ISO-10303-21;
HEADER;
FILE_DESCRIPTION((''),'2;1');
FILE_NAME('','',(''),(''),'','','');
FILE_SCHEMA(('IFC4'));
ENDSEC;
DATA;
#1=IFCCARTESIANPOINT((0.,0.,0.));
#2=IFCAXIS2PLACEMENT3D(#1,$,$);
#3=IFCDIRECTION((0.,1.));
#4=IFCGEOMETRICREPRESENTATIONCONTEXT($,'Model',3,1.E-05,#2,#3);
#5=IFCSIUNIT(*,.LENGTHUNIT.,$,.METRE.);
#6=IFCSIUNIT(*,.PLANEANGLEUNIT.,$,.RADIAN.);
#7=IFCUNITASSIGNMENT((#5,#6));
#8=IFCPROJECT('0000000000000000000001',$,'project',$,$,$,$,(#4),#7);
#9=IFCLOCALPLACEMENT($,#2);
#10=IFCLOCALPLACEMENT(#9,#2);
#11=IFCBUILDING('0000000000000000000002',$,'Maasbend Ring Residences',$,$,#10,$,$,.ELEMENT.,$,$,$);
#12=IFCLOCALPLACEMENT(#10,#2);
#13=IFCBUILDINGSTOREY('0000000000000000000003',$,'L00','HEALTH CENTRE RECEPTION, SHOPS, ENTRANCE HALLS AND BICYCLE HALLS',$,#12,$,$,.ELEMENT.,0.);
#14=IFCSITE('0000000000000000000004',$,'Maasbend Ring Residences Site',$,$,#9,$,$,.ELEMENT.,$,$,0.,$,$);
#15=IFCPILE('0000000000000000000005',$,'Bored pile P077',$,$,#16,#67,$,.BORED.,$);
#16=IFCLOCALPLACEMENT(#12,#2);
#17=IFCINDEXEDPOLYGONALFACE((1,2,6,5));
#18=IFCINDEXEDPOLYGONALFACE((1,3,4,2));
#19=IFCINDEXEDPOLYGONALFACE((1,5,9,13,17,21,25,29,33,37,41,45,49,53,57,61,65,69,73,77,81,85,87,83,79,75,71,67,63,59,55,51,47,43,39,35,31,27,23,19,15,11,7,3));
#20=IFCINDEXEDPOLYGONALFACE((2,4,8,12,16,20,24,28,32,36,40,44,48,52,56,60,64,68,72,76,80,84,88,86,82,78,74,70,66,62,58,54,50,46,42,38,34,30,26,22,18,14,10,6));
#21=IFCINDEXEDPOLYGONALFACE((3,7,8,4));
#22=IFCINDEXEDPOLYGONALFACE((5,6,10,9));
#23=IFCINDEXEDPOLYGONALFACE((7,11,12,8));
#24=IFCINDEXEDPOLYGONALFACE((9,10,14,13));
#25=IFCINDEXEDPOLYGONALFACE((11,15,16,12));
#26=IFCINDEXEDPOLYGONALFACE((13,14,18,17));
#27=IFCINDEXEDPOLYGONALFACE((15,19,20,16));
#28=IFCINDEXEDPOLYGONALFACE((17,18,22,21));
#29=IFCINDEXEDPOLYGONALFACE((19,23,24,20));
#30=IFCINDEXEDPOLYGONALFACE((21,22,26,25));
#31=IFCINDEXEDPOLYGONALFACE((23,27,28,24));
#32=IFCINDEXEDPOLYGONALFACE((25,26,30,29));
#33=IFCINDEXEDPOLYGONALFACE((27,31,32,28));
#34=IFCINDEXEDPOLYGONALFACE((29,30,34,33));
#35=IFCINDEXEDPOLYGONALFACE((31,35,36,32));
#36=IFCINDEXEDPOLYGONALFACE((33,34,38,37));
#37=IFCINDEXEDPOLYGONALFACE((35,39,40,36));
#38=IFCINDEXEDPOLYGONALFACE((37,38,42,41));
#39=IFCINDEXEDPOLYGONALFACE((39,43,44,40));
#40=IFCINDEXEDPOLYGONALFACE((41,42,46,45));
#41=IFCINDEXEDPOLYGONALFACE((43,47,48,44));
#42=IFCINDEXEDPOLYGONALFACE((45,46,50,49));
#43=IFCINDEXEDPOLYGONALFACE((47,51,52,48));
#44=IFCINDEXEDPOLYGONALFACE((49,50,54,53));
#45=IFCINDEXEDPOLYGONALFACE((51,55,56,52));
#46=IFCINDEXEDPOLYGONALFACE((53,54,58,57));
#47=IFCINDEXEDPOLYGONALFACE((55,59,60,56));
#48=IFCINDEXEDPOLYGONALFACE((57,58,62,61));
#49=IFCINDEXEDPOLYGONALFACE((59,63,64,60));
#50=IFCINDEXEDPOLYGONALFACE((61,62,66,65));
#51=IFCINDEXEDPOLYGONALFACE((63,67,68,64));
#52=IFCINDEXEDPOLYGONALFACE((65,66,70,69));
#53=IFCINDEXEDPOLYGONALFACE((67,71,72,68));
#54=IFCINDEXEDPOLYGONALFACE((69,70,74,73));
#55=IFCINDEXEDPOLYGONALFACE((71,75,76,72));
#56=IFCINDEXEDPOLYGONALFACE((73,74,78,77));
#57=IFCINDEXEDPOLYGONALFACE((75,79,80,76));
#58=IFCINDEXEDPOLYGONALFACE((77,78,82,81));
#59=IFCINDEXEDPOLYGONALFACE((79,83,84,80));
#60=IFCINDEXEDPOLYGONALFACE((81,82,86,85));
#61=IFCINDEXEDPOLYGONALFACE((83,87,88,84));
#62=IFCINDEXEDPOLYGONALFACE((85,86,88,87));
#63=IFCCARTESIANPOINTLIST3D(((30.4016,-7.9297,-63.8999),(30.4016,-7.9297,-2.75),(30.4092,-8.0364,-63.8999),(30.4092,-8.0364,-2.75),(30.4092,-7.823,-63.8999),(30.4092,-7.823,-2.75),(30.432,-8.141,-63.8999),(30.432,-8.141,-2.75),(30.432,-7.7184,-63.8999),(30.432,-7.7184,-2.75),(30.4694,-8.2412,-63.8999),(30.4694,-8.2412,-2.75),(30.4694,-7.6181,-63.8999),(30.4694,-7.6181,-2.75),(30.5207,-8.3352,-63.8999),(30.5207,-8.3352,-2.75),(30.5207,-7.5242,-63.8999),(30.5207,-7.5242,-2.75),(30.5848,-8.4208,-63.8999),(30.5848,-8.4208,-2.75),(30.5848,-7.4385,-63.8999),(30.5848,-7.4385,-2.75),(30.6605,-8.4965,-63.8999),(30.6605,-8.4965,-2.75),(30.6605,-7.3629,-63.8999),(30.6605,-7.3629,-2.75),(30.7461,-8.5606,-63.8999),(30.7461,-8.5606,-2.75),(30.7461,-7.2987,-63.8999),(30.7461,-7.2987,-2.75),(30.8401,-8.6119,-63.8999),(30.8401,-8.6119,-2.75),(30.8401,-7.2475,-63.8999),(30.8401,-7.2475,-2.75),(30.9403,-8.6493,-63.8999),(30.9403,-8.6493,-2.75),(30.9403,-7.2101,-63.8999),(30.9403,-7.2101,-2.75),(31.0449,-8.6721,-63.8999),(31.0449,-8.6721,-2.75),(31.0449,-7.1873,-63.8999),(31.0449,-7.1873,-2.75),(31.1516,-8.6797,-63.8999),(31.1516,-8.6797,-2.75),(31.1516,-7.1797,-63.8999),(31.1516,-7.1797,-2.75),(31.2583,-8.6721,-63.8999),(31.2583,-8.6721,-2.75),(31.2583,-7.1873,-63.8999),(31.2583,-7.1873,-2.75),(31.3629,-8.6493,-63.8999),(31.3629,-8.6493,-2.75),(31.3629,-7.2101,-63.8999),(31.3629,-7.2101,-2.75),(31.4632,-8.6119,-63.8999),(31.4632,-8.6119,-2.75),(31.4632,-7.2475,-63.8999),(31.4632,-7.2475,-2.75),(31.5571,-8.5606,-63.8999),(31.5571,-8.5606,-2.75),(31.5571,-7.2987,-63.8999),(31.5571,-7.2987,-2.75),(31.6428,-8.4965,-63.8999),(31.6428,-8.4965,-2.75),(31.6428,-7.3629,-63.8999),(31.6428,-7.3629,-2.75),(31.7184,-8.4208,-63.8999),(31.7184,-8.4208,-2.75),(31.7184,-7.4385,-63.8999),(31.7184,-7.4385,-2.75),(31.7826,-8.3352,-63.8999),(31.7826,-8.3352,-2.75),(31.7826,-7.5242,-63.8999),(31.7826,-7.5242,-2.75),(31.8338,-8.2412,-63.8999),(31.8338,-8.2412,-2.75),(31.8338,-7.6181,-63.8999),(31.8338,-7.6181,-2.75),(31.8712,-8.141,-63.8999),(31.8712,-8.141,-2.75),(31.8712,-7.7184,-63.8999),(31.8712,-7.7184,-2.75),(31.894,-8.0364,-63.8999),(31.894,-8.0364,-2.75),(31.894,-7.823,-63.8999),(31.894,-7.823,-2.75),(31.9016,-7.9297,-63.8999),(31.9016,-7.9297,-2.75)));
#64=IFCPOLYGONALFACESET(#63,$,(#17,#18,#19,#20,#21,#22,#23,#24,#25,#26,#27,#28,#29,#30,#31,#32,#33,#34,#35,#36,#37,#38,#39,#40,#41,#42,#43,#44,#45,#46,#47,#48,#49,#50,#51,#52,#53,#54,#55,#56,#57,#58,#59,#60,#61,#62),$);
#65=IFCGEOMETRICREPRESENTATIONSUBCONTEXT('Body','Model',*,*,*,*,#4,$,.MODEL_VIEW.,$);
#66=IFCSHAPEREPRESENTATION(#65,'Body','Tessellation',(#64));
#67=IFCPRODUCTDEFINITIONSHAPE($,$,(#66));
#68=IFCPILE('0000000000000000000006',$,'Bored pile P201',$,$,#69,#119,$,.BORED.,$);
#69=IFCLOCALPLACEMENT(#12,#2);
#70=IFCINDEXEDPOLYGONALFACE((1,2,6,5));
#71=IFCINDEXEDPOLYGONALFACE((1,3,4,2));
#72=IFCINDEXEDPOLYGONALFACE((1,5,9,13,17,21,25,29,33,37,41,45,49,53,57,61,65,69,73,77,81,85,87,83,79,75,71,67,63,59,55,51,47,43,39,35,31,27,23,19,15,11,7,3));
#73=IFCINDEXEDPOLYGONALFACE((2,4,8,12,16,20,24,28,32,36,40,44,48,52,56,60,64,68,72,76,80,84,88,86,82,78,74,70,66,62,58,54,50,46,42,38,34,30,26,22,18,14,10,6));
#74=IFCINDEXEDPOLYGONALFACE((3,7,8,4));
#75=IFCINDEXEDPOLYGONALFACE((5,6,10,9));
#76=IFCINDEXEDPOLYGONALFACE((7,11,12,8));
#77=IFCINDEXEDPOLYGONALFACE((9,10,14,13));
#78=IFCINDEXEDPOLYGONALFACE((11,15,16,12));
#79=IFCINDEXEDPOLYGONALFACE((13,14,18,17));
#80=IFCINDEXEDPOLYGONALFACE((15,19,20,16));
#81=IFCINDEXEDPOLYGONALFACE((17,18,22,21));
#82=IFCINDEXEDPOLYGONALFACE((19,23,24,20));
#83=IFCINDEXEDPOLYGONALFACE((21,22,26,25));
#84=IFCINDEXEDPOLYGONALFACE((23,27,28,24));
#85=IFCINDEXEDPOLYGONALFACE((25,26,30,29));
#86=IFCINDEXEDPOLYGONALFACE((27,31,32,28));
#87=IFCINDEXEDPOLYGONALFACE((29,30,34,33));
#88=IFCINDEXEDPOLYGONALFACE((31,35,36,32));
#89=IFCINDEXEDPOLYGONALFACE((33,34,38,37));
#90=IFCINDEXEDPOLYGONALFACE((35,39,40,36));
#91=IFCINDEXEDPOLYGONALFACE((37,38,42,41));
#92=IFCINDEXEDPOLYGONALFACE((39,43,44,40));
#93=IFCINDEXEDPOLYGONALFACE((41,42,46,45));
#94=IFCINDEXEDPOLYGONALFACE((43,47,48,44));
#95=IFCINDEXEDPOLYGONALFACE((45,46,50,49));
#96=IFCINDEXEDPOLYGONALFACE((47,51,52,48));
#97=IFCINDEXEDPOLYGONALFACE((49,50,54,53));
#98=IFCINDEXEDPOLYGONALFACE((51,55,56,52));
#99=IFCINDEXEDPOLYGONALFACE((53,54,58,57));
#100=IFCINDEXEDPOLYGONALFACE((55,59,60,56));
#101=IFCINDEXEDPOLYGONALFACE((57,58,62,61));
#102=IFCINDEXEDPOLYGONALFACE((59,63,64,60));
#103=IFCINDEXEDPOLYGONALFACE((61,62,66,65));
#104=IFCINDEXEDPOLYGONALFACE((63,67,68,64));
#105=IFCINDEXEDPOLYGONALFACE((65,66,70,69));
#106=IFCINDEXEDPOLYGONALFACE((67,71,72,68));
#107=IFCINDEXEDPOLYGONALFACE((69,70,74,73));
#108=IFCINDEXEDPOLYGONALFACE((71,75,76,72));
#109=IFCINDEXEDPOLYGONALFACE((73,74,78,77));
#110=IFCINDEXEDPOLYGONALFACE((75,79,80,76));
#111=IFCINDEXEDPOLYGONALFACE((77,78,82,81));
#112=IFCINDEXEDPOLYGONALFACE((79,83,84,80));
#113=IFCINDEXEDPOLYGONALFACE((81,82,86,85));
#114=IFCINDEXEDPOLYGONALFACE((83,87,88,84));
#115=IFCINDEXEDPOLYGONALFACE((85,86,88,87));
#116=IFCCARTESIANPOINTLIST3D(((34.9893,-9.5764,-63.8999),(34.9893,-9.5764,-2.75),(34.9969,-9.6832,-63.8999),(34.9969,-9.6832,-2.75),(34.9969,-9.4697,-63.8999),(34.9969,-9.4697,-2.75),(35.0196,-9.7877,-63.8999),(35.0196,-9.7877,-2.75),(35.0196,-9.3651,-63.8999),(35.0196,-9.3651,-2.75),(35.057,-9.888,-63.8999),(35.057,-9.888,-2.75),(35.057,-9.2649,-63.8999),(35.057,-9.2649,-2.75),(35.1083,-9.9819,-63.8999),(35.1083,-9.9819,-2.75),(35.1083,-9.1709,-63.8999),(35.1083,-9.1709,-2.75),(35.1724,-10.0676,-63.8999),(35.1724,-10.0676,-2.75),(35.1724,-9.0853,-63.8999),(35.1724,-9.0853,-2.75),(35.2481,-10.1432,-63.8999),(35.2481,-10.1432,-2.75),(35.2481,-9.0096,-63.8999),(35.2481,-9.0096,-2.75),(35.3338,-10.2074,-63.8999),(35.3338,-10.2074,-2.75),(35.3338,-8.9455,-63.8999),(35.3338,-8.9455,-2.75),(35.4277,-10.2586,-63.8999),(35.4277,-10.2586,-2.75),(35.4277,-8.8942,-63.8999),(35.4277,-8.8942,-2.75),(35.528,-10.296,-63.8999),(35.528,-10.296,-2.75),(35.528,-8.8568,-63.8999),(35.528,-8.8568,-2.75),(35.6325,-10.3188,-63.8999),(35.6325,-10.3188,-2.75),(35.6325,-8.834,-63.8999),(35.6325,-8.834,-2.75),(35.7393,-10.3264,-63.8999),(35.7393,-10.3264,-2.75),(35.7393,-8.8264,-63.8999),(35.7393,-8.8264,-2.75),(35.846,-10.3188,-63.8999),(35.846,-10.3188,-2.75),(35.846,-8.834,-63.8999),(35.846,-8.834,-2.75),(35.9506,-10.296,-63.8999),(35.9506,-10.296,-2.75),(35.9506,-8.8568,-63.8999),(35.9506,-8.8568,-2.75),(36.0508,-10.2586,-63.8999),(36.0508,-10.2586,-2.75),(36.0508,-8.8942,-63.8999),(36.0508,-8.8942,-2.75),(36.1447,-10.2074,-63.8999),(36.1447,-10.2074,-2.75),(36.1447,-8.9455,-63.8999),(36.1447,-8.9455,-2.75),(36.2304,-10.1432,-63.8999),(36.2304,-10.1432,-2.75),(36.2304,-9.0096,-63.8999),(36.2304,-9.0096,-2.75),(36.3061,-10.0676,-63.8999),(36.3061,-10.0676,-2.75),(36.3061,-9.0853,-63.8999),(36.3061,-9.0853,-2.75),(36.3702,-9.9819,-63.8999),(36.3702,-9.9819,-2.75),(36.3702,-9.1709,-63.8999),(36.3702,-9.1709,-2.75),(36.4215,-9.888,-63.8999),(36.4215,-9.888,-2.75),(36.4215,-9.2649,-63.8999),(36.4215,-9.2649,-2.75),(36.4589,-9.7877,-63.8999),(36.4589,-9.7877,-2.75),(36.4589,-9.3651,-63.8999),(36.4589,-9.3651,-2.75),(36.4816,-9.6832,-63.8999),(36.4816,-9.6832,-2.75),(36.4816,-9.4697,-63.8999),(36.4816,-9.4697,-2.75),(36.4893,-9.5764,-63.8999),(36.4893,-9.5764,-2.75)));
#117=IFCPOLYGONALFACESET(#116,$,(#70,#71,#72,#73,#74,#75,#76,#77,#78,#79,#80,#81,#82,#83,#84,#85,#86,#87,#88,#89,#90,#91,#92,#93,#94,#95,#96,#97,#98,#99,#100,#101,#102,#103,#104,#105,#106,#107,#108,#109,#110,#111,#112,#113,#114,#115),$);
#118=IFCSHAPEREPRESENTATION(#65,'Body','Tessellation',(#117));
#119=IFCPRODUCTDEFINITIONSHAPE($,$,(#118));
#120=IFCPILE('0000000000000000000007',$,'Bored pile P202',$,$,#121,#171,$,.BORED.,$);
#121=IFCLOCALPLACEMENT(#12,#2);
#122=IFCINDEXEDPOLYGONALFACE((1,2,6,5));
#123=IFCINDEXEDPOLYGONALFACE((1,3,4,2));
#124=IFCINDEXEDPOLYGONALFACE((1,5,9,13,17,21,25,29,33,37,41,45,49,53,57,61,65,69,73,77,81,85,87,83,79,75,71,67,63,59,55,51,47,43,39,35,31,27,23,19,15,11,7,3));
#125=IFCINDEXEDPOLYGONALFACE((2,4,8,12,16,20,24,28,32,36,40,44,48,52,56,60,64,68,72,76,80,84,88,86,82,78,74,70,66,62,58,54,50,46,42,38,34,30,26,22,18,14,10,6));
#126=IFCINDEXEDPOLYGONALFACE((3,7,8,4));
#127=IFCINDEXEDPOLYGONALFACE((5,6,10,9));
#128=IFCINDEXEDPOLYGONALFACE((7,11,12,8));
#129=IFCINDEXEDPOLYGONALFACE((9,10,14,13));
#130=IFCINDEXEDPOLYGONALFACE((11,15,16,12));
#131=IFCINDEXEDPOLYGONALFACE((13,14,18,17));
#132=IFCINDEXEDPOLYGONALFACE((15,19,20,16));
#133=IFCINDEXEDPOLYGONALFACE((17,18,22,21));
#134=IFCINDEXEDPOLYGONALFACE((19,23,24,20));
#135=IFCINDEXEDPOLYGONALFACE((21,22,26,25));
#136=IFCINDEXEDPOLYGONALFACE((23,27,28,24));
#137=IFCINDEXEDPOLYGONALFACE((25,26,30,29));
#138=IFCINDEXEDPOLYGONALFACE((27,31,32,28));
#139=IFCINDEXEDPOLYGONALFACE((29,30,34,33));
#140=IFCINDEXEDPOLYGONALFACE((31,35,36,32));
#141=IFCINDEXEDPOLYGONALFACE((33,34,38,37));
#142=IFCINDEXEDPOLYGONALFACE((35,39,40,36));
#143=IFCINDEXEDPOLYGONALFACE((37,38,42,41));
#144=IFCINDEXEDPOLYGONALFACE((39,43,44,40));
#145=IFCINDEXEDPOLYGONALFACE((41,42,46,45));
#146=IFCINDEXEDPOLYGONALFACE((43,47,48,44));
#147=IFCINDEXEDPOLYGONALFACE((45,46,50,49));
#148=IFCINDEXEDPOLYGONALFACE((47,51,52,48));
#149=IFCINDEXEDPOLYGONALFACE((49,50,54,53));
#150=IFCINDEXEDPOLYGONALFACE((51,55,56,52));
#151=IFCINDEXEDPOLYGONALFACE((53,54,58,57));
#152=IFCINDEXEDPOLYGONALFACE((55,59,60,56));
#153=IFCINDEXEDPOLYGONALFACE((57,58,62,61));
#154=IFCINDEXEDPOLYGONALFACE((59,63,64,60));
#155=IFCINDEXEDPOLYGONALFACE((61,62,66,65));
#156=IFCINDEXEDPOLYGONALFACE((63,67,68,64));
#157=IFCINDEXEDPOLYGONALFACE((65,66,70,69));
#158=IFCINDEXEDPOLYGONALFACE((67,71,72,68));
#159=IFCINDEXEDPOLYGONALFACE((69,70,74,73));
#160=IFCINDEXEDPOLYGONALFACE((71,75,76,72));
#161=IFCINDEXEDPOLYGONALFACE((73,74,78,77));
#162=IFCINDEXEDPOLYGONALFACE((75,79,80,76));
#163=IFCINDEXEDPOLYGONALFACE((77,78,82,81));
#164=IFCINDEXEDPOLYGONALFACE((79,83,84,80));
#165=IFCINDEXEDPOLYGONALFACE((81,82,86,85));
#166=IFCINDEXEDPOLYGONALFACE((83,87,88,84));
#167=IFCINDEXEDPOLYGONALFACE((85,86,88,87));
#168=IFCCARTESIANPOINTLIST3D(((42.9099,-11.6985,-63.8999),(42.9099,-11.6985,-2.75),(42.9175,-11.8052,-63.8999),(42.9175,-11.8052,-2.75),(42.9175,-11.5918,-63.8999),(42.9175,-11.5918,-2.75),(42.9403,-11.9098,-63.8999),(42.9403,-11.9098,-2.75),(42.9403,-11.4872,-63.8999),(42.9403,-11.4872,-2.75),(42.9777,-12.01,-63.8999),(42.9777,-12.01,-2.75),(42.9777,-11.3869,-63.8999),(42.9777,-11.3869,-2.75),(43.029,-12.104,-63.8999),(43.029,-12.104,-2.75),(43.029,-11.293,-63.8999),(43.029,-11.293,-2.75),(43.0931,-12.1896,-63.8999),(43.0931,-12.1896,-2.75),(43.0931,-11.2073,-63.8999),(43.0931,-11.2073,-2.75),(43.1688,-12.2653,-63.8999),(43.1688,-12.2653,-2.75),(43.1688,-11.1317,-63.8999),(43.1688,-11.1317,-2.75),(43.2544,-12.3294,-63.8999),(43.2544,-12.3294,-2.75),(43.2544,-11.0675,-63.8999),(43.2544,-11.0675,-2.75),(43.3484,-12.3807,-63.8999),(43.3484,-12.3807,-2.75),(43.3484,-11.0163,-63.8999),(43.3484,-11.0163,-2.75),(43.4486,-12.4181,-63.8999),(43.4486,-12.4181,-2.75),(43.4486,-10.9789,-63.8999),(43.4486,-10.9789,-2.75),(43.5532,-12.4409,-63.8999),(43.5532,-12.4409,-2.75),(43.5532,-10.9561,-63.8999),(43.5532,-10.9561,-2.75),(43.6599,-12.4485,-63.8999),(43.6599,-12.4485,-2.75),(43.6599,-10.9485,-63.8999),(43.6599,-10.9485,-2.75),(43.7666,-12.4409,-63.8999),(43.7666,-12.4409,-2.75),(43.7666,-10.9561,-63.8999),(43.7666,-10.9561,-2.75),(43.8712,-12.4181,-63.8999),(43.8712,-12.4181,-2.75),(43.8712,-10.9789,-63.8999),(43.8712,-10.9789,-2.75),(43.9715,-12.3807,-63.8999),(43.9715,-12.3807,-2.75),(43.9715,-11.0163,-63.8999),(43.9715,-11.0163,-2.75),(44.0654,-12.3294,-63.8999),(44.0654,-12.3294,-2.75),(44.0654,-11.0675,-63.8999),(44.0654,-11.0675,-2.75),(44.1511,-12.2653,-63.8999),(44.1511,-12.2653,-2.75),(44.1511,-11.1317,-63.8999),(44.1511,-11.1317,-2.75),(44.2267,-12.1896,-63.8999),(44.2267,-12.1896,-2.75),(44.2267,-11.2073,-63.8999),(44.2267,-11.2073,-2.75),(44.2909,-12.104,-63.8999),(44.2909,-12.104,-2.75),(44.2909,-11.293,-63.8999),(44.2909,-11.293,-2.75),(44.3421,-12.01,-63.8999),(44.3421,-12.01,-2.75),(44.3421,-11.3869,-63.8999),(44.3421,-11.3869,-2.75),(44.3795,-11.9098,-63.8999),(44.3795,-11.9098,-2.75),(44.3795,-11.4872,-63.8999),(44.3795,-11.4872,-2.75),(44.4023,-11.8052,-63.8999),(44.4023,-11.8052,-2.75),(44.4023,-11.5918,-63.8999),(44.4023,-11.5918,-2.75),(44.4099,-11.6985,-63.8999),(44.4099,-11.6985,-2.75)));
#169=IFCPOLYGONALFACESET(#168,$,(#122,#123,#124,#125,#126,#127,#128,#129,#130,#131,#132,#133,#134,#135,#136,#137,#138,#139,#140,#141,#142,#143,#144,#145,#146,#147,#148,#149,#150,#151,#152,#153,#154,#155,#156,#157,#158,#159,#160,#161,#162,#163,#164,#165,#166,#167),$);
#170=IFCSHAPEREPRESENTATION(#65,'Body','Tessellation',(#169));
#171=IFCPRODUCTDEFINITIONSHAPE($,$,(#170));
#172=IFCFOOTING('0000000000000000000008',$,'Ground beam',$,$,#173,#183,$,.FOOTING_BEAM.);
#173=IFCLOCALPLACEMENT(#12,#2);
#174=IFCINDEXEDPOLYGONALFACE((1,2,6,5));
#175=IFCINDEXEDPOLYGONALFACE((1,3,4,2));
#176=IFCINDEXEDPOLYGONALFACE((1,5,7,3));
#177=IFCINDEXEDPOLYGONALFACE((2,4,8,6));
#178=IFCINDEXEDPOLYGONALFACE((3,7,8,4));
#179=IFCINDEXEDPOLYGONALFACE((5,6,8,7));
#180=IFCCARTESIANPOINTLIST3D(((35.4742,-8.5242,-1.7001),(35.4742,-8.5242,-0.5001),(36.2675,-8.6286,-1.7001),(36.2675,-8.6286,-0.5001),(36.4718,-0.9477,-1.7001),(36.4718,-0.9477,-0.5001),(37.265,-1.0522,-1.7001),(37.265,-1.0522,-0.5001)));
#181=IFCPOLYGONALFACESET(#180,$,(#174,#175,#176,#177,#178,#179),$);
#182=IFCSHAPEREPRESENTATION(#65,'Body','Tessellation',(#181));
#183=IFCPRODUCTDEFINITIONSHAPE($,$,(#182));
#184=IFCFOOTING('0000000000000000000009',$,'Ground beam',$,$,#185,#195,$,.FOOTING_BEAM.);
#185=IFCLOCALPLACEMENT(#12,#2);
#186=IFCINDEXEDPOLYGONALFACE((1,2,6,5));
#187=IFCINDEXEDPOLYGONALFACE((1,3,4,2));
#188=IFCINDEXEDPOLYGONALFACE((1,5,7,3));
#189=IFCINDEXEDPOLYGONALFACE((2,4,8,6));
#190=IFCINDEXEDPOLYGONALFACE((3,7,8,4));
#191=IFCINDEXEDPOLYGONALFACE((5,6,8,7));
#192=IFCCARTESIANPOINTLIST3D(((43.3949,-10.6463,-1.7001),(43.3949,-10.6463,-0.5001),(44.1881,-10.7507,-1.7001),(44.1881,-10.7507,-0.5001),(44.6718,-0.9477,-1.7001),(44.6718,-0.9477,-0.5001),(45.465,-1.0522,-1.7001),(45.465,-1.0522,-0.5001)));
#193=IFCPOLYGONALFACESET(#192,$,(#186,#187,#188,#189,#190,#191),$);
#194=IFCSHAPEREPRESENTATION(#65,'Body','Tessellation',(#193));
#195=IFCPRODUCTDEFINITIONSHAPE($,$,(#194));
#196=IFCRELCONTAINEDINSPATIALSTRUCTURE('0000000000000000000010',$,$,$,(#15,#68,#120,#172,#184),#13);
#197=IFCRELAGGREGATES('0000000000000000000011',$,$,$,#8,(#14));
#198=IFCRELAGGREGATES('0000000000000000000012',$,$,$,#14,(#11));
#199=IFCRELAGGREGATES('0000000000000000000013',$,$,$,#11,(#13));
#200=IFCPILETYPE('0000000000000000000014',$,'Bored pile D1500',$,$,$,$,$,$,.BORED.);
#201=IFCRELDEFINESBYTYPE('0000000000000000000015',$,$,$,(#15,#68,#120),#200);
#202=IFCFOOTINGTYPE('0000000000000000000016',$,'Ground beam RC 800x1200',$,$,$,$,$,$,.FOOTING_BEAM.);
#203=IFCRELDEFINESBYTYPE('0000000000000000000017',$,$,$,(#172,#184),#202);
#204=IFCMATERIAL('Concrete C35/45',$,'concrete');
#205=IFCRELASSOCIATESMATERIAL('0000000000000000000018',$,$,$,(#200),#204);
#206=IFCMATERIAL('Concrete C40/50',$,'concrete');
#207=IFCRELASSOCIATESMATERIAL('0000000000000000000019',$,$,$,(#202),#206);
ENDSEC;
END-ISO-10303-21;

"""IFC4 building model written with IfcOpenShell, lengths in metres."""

from ifc_helpers import new_model, si_unit, direction, frame, origin, origin_2d, place, context, subcontext, project, spatial, rectangle, circle, extrude, material, material_profile, profile_set, type_object, element, save


model = new_model("IFC4")

# Units and contexts
model_context = context("Model", 3, precision=1e-05, world=origin(), true_north=direction((0.0, 1.0)))
body_context = subcontext(model_context, "Body", "Model", "MODEL_VIEW")
ifc_project = project(units=[si_unit("LENGTHUNIT", "METRE"), si_unit("PLANEANGLEUNIT", "RADIAN")], contexts=[model_context])

# Site, building, storey
site_placement = place(None, origin())
site = spatial("IfcSite", under=ifc_project, at=site_placement, Name="Maasbend Ring Residences Site", CompositionType="ELEMENT", RefElevation=0.0)
building_placement = place(site_placement, origin())
building = spatial("IfcBuilding", under=site, at=building_placement, Name="Maasbend Ring Residences", CompositionType="ELEMENT")
storey_placement = place(building_placement, origin())
storey = spatial("IfcBuildingStorey", under=building, at=storey_placement, Name="L00", Description="HEALTH CENTRE RECEPTION, SHOPS, ENTRANCE HALLS AND BICYCLE HALLS", CompositionType="ELEMENT", Elevation=0.0)

# Piles
ifc_material_1 = material(Name="Concrete C35/45", Category="concrete")
ifc_material_profile_1 = material_profile(ifc_material_1, circle(Radius=0.75, at=origin_2d()), Name="Bored pile D1500")
ifc_profile_set_1 = profile_set([ifc_material_profile_1], Name="Concrete C35/45")
pile_type = type_object("IfcPileType", Name="Bored pile D1500", PredefinedType="BORED", material=ifc_profile_set_1)
for number, where, z_axis, x_axis, name in (
    (1, (31.1516, -7.9297, -2.75), (0.0, 0.0, -1.0), (1.0, 0.0, 0.0), "Bored pile P077"),
    (2, (35.7393, -9.5764, -2.75), (0.0, 0.0, -1.0), (1.0, 0.0, 0.0), "Bored pile P201"),
    (3, (43.6599, -11.6985, -2.75), (0.0, 0.0, -1.0), (1.0, 0.0, 0.0), "Bored pile P202"),
):
    element("IfcPile", number, at=place(storey_placement, frame(where, z_axis=z_axis, x_axis=x_axis)), inside=storey, type_object=pile_type, Name=name, PredefinedType="BORED", context=body_context, shape_type="SweptSolid", body=[
        extrude(circle(Radius=0.75, at=origin_2d()), origin(), (0.0, 0.0, 1.0), 61.1499),
    ])

# Footings
ifc_material_2 = material(Name="Concrete C40/50", Category="concrete")
ifc_material_profile_2 = material_profile(ifc_material_2, rectangle(XDim=0.8, YDim=1.2, at=origin_2d()), Name="Ground beam RC 800x1200")
ifc_profile_set_2 = profile_set([ifc_material_profile_2], Name="Concrete C40/50")
footing_type = type_object("IfcFootingType", Name="Ground beam RC 800x1200", PredefinedType="FOOTING_BEAM", material=ifc_profile_set_2)
footing_1_placement = place(storey_placement, frame((35.8708, -8.5764, -1.1001), z_axis=(0.13054, 0.991443, 0.0), x_axis=(-0.991443, 0.13054, 0.0)))
element("IfcFooting", 4, at=footing_1_placement, inside=storey, type_object=footing_type, Name="Ground beam", PredefinedType="FOOTING_BEAM", context=body_context, shape_type="SweptSolid", body=[
    extrude(rectangle(XDim=0.8, YDim=1.2, at=origin_2d()), origin(), (0.0, 0.0, 1.0), 7.6418),
])
footing_2_placement = place(storey_placement, frame((43.7915, -10.6985, -1.1001), z_axis=(0.130529, 0.991445, 0.0), x_axis=(-0.991445, 0.130529, 0.0)))
element("IfcFooting", 5, at=footing_2_placement, inside=storey, type_object=footing_type, Name="Ground beam", PredefinedType="FOOTING_BEAM", context=body_context, shape_type="SweptSolid", body=[
    extrude(rectangle(XDim=0.8, YDim=1.2, at=origin_2d()), origin(), (0.0, 0.0, 1.0), 9.7822),
])

save(model, "model.ifc")
